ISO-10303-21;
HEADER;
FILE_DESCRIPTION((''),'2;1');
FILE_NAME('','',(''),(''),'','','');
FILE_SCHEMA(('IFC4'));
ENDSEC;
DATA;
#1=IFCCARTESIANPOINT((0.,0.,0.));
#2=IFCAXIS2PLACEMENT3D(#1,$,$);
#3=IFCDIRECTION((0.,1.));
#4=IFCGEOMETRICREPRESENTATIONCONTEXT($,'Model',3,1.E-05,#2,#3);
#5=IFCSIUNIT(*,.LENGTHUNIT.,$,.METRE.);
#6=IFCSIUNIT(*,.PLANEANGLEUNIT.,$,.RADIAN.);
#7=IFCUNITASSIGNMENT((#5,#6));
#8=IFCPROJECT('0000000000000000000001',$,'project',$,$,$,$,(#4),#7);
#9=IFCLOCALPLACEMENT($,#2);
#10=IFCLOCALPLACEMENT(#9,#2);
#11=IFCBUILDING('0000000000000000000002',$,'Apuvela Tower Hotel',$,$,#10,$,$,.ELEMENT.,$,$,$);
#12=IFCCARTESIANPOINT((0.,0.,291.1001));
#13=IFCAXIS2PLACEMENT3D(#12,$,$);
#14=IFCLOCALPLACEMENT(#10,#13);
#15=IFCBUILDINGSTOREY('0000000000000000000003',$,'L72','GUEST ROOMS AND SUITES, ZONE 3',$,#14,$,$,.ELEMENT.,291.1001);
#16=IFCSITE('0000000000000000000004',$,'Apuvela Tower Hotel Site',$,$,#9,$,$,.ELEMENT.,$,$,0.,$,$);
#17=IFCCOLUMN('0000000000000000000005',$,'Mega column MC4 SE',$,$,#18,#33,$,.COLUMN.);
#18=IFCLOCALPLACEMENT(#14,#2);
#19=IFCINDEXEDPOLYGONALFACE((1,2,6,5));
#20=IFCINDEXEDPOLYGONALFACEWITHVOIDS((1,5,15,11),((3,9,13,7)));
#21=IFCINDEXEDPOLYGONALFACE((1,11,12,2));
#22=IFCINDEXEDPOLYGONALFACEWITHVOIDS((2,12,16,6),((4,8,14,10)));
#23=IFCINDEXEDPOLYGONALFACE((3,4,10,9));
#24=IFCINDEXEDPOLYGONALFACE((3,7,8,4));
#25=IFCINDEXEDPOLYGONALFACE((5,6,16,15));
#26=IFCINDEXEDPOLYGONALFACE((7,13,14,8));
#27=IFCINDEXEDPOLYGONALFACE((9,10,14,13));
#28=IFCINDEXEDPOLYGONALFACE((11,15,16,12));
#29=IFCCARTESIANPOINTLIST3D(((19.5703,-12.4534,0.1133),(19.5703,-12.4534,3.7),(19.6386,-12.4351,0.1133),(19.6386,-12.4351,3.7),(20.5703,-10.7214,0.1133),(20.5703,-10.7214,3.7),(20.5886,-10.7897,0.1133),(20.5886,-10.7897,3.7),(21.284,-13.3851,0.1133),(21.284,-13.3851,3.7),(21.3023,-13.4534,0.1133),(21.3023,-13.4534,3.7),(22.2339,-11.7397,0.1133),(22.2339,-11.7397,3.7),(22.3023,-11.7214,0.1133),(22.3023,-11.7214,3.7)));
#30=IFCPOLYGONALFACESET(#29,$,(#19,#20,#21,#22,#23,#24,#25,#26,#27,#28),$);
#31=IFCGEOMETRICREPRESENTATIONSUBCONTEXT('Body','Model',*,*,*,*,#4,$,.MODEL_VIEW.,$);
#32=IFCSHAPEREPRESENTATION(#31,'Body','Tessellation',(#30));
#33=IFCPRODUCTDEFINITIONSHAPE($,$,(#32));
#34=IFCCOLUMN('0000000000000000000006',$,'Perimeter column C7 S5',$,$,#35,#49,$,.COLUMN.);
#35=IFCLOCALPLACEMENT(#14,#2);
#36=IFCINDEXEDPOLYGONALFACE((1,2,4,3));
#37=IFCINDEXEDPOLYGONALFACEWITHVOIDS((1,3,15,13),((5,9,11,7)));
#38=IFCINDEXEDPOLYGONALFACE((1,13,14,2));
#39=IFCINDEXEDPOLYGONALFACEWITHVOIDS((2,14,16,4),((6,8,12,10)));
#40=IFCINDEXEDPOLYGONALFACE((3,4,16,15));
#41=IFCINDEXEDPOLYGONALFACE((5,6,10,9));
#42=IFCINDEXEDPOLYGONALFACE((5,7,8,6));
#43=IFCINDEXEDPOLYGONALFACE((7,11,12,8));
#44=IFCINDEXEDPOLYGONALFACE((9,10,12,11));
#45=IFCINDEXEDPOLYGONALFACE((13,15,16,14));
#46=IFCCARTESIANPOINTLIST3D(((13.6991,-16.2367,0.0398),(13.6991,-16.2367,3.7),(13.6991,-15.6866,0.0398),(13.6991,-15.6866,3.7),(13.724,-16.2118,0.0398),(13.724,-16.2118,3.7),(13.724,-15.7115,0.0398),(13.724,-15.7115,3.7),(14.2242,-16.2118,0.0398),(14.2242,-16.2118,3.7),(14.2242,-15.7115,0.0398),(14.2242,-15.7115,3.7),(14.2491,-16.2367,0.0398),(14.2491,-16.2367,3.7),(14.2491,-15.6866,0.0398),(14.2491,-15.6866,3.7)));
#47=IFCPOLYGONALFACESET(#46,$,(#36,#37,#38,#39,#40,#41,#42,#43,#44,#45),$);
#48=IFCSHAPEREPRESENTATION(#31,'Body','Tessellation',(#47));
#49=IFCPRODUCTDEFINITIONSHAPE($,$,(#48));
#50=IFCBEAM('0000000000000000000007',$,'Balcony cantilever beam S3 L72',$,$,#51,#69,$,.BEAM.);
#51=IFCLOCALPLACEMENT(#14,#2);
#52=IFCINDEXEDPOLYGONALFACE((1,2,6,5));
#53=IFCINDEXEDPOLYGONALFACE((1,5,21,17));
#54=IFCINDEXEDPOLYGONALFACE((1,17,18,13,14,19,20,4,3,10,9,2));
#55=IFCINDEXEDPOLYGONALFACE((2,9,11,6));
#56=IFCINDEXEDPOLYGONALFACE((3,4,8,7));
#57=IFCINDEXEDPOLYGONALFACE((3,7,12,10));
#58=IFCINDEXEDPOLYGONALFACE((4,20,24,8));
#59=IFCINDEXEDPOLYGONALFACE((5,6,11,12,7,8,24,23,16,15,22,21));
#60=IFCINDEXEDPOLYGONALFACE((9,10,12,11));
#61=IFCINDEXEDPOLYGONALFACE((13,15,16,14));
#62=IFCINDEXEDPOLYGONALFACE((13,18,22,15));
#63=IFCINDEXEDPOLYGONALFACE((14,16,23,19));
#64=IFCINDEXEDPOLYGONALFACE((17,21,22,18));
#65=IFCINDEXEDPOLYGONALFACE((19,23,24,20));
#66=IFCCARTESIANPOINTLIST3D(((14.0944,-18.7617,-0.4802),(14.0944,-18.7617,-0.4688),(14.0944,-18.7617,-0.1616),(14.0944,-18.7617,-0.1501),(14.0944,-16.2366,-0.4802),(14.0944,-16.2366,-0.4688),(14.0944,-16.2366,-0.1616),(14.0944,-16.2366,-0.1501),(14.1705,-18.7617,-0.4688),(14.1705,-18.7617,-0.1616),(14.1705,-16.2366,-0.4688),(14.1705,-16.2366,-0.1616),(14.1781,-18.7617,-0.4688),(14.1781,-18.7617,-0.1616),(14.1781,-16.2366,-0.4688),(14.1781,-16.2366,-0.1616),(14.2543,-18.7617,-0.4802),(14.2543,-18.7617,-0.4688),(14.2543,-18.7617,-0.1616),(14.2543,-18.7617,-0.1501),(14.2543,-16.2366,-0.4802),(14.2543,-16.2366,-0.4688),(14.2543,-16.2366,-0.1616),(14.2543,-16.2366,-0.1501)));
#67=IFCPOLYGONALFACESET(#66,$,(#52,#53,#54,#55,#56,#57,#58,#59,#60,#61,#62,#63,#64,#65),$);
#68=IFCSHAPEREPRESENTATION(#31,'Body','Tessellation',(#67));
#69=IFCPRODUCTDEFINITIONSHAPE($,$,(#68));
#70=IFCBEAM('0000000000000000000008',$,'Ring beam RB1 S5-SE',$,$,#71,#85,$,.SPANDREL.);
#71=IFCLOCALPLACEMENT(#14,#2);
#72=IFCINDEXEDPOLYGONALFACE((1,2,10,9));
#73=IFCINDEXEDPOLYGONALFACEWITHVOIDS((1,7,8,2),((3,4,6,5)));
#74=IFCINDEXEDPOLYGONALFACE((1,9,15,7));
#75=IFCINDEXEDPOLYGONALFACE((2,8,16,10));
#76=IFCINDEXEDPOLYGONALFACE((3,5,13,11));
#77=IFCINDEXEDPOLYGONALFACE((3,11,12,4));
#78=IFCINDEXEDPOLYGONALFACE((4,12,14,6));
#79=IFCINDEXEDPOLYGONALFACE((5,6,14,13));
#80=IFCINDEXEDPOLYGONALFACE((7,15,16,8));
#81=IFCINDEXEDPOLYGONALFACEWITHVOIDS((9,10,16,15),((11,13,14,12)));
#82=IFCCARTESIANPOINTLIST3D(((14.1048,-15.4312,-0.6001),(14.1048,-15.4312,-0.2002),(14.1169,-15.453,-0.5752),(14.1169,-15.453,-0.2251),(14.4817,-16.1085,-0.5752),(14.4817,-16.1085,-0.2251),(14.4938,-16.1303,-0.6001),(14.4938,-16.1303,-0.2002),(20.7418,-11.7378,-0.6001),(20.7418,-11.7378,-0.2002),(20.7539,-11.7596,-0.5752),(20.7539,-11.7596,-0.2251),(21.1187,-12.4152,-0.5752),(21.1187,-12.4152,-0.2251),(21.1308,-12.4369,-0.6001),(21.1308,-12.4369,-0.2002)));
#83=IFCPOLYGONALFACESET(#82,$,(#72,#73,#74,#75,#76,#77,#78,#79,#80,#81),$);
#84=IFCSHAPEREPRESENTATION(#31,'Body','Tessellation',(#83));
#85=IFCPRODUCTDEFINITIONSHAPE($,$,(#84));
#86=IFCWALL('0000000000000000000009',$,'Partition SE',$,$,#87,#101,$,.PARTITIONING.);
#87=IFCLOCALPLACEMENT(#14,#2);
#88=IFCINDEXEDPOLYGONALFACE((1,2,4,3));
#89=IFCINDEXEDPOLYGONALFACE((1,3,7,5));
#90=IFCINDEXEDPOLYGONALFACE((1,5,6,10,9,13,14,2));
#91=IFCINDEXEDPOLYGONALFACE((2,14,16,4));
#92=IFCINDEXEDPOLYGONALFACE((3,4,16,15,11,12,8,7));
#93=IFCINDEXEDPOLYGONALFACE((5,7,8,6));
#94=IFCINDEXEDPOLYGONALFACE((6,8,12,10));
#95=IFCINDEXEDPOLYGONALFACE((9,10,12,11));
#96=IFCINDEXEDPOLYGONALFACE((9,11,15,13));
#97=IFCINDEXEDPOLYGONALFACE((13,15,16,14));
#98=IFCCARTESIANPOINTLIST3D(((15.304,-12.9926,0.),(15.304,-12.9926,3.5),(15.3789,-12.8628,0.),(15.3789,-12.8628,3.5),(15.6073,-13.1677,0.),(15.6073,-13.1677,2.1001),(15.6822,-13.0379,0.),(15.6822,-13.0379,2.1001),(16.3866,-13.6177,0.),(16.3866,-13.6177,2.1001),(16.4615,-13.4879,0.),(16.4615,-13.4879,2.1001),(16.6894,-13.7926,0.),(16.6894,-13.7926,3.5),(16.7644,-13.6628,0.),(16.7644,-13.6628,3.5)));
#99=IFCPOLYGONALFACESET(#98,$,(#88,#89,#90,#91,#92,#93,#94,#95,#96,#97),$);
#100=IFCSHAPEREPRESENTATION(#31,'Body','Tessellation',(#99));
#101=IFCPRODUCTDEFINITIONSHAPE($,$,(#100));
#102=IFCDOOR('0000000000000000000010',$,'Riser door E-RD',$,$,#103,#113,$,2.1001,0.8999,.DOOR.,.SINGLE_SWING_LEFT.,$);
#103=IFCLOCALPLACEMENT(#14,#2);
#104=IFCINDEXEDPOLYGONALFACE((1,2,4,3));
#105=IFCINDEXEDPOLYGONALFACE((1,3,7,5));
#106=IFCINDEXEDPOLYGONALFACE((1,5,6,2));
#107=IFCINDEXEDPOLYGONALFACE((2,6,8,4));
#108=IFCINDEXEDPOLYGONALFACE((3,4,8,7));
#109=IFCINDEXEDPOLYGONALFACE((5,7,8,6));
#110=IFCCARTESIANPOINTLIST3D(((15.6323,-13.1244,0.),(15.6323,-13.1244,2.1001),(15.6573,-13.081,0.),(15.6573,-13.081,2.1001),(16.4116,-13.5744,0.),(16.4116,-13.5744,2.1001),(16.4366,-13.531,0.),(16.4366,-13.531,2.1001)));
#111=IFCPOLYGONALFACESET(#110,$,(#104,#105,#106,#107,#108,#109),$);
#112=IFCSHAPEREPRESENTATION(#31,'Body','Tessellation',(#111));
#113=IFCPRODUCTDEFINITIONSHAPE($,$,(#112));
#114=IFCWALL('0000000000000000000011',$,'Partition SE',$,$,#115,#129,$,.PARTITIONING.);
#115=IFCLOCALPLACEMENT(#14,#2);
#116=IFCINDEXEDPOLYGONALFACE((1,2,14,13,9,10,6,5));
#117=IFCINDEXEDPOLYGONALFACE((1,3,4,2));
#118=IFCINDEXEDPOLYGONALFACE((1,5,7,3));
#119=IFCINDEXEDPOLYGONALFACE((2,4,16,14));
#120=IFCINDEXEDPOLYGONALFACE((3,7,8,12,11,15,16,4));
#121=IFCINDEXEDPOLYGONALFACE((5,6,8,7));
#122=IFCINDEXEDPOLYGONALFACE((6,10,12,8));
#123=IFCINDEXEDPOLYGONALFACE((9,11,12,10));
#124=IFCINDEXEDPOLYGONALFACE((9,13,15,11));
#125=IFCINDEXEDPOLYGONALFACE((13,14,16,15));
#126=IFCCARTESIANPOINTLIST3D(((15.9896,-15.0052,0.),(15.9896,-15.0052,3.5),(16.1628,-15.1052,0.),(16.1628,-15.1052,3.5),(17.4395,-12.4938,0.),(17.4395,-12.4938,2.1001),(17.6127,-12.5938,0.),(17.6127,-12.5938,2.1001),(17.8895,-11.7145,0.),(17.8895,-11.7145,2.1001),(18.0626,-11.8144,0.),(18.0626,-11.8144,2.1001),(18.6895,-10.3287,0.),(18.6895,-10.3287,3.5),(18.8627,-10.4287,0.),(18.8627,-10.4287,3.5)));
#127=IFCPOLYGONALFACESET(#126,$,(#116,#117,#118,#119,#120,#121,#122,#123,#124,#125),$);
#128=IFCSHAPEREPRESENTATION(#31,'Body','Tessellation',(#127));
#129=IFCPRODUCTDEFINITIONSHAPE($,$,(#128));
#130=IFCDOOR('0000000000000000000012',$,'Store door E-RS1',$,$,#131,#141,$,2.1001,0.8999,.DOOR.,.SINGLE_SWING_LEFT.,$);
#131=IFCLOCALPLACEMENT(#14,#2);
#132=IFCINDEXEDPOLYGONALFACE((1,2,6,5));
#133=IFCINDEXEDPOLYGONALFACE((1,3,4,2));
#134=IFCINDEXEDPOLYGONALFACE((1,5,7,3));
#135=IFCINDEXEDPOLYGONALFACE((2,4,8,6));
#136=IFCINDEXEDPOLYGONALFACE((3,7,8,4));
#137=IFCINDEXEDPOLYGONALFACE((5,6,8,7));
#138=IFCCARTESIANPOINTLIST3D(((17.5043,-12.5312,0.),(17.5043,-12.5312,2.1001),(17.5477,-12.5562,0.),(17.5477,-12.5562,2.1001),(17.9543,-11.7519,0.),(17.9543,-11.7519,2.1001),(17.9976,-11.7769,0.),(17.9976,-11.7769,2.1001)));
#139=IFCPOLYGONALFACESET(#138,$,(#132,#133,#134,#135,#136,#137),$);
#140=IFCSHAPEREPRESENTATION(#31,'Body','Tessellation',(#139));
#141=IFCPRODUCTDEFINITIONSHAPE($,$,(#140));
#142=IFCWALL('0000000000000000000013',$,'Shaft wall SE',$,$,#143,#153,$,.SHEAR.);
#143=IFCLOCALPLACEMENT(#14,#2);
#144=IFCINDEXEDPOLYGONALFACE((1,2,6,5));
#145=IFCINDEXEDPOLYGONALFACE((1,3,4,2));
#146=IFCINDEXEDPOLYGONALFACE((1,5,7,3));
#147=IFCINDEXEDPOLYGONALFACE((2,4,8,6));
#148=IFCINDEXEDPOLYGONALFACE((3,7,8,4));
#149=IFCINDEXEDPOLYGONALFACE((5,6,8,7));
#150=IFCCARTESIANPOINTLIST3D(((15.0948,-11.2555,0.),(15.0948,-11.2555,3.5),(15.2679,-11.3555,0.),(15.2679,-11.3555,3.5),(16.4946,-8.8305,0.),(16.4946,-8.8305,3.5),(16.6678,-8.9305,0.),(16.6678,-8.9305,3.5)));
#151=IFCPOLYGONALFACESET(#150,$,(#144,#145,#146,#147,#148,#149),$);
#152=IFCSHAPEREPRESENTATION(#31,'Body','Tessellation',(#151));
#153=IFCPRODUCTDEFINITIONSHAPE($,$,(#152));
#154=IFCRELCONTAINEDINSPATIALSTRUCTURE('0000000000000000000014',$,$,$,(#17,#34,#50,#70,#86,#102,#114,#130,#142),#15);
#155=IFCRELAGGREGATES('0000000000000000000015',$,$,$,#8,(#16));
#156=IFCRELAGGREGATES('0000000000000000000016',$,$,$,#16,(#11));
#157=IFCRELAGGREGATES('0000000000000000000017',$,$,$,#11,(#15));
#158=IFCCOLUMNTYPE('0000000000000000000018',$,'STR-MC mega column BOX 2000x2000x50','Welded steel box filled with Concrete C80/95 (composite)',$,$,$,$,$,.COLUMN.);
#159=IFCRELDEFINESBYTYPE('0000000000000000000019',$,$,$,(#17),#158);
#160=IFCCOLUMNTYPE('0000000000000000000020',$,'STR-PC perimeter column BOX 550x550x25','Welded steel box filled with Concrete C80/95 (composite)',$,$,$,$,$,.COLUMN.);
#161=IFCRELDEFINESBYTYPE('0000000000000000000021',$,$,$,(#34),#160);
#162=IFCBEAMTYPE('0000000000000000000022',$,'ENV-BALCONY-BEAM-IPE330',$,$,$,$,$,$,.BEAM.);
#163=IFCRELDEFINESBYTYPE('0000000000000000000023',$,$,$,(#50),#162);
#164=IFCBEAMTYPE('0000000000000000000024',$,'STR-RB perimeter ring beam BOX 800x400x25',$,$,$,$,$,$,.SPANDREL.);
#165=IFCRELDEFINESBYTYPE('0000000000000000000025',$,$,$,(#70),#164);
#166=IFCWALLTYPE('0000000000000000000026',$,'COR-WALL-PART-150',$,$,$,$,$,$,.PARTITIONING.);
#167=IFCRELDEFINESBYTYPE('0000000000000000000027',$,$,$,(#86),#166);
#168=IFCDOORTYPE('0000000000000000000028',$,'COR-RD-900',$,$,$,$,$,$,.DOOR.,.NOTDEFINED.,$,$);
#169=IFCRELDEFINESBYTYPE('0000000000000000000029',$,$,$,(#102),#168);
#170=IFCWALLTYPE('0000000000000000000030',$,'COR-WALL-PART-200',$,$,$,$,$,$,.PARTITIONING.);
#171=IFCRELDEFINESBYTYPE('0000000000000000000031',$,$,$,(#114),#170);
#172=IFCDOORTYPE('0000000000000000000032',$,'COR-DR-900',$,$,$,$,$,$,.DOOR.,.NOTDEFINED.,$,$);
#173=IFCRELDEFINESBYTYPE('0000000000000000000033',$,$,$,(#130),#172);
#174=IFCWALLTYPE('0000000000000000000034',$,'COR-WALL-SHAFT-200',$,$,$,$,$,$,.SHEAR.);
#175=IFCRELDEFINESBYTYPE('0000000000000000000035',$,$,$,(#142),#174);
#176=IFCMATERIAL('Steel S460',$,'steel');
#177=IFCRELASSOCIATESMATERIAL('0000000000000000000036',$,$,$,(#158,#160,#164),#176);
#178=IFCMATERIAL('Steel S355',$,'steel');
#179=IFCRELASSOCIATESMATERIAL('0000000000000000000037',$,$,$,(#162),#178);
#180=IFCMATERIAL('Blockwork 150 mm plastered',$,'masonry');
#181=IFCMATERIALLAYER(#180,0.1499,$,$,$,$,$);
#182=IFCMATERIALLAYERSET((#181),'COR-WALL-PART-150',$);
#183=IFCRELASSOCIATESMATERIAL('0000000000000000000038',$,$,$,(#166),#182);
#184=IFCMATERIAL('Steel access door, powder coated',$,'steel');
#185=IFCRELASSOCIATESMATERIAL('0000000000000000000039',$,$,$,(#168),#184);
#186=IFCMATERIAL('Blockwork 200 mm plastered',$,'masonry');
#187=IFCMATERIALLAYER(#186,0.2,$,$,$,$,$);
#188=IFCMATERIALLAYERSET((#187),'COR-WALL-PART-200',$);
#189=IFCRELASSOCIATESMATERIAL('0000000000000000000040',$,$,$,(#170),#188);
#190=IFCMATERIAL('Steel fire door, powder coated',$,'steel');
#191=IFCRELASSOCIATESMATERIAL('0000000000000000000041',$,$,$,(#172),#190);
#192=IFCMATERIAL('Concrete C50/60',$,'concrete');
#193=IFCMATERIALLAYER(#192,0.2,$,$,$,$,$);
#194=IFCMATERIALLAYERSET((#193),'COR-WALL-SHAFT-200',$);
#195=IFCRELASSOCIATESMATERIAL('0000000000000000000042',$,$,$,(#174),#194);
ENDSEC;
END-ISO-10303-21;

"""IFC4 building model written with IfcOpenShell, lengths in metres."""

from ifc_helpers import new_model, si_unit, direction, frame, frame_2d, origin, origin_2d, place, context, subcontext, project, spatial, rectangle, hollow_rectangle, i_section, extrude, boolean, halfspace, material, layer, layer_set, material_profile, profile_set, type_object, element, fill, save


model = new_model("IFC4")

# Units and contexts
model_context = context("Model", 3, precision=1e-05, world=origin(), true_north=direction((0.0, 1.0)))
body_context = subcontext(model_context, "Body", "Model", "MODEL_VIEW")
ifc_project = project(units=[si_unit("LENGTHUNIT", "METRE"), si_unit("PLANEANGLEUNIT", "RADIAN")], contexts=[model_context])

# Site, building, storey
site_placement = place(None, origin())
site = spatial("IfcSite", under=ifc_project, at=site_placement, Name="Apuvela Tower Hotel Site", CompositionType="ELEMENT", RefElevation=0.0)
building_placement = place(site_placement, origin())
building = spatial("IfcBuilding", under=site, at=building_placement, Name="Apuvela Tower Hotel", CompositionType="ELEMENT")
storey_placement = place(building_placement, frame((0.0, 0.0, 291.1001)))
storey = spatial("IfcBuildingStorey", under=building, at=storey_placement, Name="L72", Description="GUEST ROOMS AND SUITES, ZONE 3", CompositionType="ELEMENT", Elevation=291.1001)

# Columns
ifc_material_1 = material(Name="Steel S460", Category="steel")
ifc_material_profile_1 = material_profile(ifc_material_1, hollow_rectangle(XDim=2.0, YDim=2.0, WallThickness=0.05, at=origin_2d()), Name="BOX 2000x2000x50")
ifc_material_2 = material(Name="Concrete C80/95", Category="concrete")
ifc_material_profile_2 = material_profile(ifc_material_2, rectangle(XDim=1.8999, YDim=1.8999, at=origin_2d()), Name="Concrete C80/95 infill")
ifc_profile_set_1 = profile_set([ifc_material_profile_1, ifc_material_profile_2], Name="Steel S460")
column_type_1 = type_object("IfcColumnType", Name="STR-MC mega column BOX 2000x2000x50", Description="Welded steel box filled with Concrete C80/95 (composite)", PredefinedType="COLUMN", material=ifc_profile_set_1)
column_1_placement = place(storey_placement, frame((20.9363, -12.0874, 0.0), z_axis=(0.0, 0.0, 1.0), x_axis=(0.5, 0.866025, 0.0)))
element("IfcColumn", 1, at=column_1_placement, inside=storey, type_object=column_type_1, Name="Mega column MC4 SE", PredefinedType="COLUMN", context=body_context, shape_type="SweptSolid", body=[
    boolean("DIFFERENCE", extrude(hollow_rectangle(XDim=2.0, YDim=2.0, WallThickness=0.05, at=origin_2d()), origin(), (0.0, 0.0, 1.0), 3.7), halfspace(frame((0.0, 0.0, 0.1133), z_axis=(0.0, 0.0, 1.0), x_axis=(1.0, 0.0, 0.0)), True)),
])
ifc_material_profile_3 = material_profile(ifc_material_1, hollow_rectangle(XDim=0.55, YDim=0.55, WallThickness=0.0249, at=origin_2d()), Name="BOX 550x550x25")
ifc_material_profile_4 = material_profile(ifc_material_2, rectangle(XDim=0.5, YDim=0.5, at=origin_2d()), Name="Concrete C80/95 infill")
ifc_profile_set_2 = profile_set([ifc_material_profile_3, ifc_material_profile_4], Name="Steel S460")
column_type_2 = type_object("IfcColumnType", Name="STR-PC perimeter column BOX 550x550x25", Description="Welded steel box filled with Concrete C80/95 (composite)", PredefinedType="COLUMN", material=ifc_profile_set_2)
column_2_placement = place(storey_placement, frame((13.9741, -15.9617, 0.0), z_axis=(0.0, 0.0, 1.0), x_axis=(-1.0, 0.0, 0.0)))
element("IfcColumn", 2, at=column_2_placement, inside=storey, type_object=column_type_2, Name="Perimeter column C7 S5", PredefinedType="COLUMN", context=body_context, shape_type="SweptSolid", body=[
    boolean("DIFFERENCE", extrude(hollow_rectangle(XDim=0.55, YDim=0.55, WallThickness=0.0249, at=origin_2d()), origin(), (0.0, 0.0, 1.0), 3.7), halfspace(frame((0.0, 0.0, 0.0398), z_axis=(0.0, 0.0, 1.0), x_axis=(1.0, 0.0, 0.0)), True)),
])

# Beams
ifc_material_3 = material(Name="Steel S355", Category="steel")
ifc_material_profile_5 = material_profile(ifc_material_3, i_section(OverallWidth=0.1599, OverallDepth=0.3301, WebThickness=0.0076, FlangeThickness=0.0115, at=origin_2d()), Name="IPE 330")
ifc_profile_set_3 = profile_set([ifc_material_profile_5], Name="Steel S355")
beam_type_1 = type_object("IfcBeamType", Name="ENV-BALCONY-BEAM-IPE330", PredefinedType="BEAM", material=ifc_profile_set_3)
beam_1_placement = place(storey_placement, frame((14.1743, -16.2366, -0.3152), z_axis=(0.0, -1.0, 0.0), x_axis=(1.0, 0.0, 0.0)))
element("IfcBeam", 3, at=beam_1_placement, inside=storey, type_object=beam_type_1, Name="Balcony cantilever beam S3 L72", PredefinedType="BEAM", context=body_context, shape_type="SweptSolid", body=[
    extrude(i_section(OverallWidth=0.1599, OverallDepth=0.3301, WebThickness=0.0076, FlangeThickness=0.0115, at=origin_2d()), origin(), (0.0, 0.0, 1.0), 2.5251),
])
ifc_material_profile_6 = material_profile(ifc_material_1, hollow_rectangle(XDim=0.8, YDim=0.3999, WallThickness=0.0249, at=origin_2d()), Name="BOX 800x400x25")
ifc_profile_set_4 = profile_set([ifc_material_profile_6], Name="Steel S460")
beam_type_2 = type_object("IfcBeamType", Name="STR-RB perimeter ring beam BOX 800x400x25", PredefinedType="SPANDREL", material=ifc_profile_set_4)
beam_2_placement = place(storey_placement, frame((14.2993, -15.7808, -0.4001), z_axis=(0.873813, 0.486262, 0.0), x_axis=(-0.486262, 0.873813, 0.0)))
element("IfcBeam", 4, at=beam_2_placement, inside=storey, type_object=beam_type_2, Name="Ring beam RB1 S5-SE", PredefinedType="SPANDREL", context=body_context, shape_type="SweptSolid", body=[
    extrude(hollow_rectangle(XDim=0.8, YDim=0.3999, WallThickness=0.0249, at=origin_2d()), origin(), (0.0, 0.0, 1.0), 7.5955),
])

# Walls, openings, doors
ifc_material_4 = material(Name="Blockwork 150 mm plastered", Category="masonry")
ifc_layer_1 = layer(ifc_material_4, 0.1499)
ifc_layer_set_1 = layer_set([ifc_layer_1], Name="COR-WALL-PART-150")
wall_type_1 = type_object("IfcWallType", Name="COR-WALL-PART-150", PredefinedType="PARTITIONING", material=ifc_layer_set_1)
wall_1_placement = place(storey_placement, frame((15.3416, -12.9277, 0.0), z_axis=(0.0, 0.0, 1.0), x_axis=(0.86599, -0.500061, 0.0)))
wall_1 = element("IfcWall", 5, at=wall_1_placement, inside=storey, type_object=wall_type_1, Name="Partition SE", PredefinedType="PARTITIONING", context=body_context, shape_type="SweptSolid", body=[
    extrude(rectangle(XDim=1.5999, YDim=0.1499, at=frame_2d((0.7998, 0.0))), origin(), (0.0, 0.0, 1.0), 3.5),
])
opening_1_placement = place(wall_1_placement, frame((0.3501, 0.0, 0.0)))
opening_1 = element("IfcOpeningElement", 6, at=opening_1_placement, cuts=wall_1, PredefinedType="OPENING", context=body_context, shape_type="SweptSolid", body=[
    extrude(rectangle(XDim=0.8999, YDim=2.1001, at=frame_2d((0.45, 1.05))), frame((0.0, 0.085, 0.0), z_axis=(0.0, -1.0, 0.0), x_axis=(1.0, 0.0, 0.0)), (0.0, 0.0, 1.0), 0.1699),
])
ifc_material_5 = material(Name="Steel access door, powder coated", Category="steel")
door_type_1 = type_object("IfcDoorType", Name="COR-RD-900", OperationType="NOTDEFINED", PredefinedType="DOOR", material=ifc_material_5)
door_1_placement = place(opening_1_placement, frame((0.8999, 0.0, 0.0), z_axis=(0.0, 0.0, 1.0), x_axis=(-1.0, 0.0, 0.0)))
door_1 = element("IfcDoor", 7, at=door_1_placement, inside=storey, type_object=door_type_1, Name="Riser door E-RD", OperationType="SINGLE_SWING_LEFT", OverallHeight=2.1001, OverallWidth=0.8999, PredefinedType="DOOR", context=body_context, shape_type="SweptSolid", body=[
    extrude(rectangle(XDim=0.8999, YDim=2.1001, at=frame_2d((0.45, 1.05))), frame((0.0, 0.0249, 0.0), z_axis=(0.0, -1.0, 0.0), x_axis=(1.0, 0.0, 0.0)), (0.0, 0.0, 1.0), 0.05),
])
fill(opening_1, door_1)
ifc_material_6 = material(Name="Blockwork 200 mm plastered", Category="masonry")
ifc_layer_2 = layer(ifc_material_6, 0.2)
ifc_layer_set_2 = layer_set([ifc_layer_2], Name="COR-WALL-PART-200")
wall_type_2 = type_object("IfcWallType", Name="COR-WALL-PART-200", PredefinedType="PARTITIONING", material=ifc_layer_set_2)
wall_2_placement = place(storey_placement, frame((16.0762, -15.0552, 0.0), z_axis=(0.0, 0.0, 1.0), x_axis=(0.499995, 0.866028, 0.0)))
wall_2 = element("IfcWall", 8, at=wall_2_placement, inside=storey, type_object=wall_type_2, Name="Partition SE", PredefinedType="PARTITIONING", context=body_context, shape_type="SweptSolid", body=[
    extrude(rectangle(XDim=5.3999, YDim=0.2, at=frame_2d((2.7, 0.0))), origin(), (0.0, 0.0, 1.0), 3.5),
])
opening_2_placement = place(wall_2_placement, frame((2.8999, 0.0, 0.0)))
opening_2 = element("IfcOpeningElement", 9, at=opening_2_placement, cuts=wall_2, PredefinedType="OPENING", context=body_context, shape_type="SweptSolid", body=[
    extrude(rectangle(XDim=0.8999, YDim=2.1001, at=frame_2d((0.45, 1.05))), frame((0.0, 0.1099, 0.0), z_axis=(0.0, -1.0, 0.0), x_axis=(1.0, 0.0, 0.0)), (0.0, 0.0, 1.0), 0.22),
])
ifc_material_7 = material(Name="Steel fire door, powder coated", Category="steel")
door_type_2 = type_object("IfcDoorType", Name="COR-DR-900", OperationType="NOTDEFINED", PredefinedType="DOOR", material=ifc_material_7)
door_2_placement = place(opening_2_placement, frame((0.8999, 0.0, 0.0), z_axis=(0.0, 0.0, 1.0), x_axis=(-1.0, 0.0, 0.0)))
door_2 = element("IfcDoor", 10, at=door_2_placement, inside=storey, type_object=door_type_2, Name="Store door E-RS1", OperationType="SINGLE_SWING_LEFT", OverallHeight=2.1001, OverallWidth=0.8999, PredefinedType="DOOR", context=body_context, shape_type="SweptSolid", body=[
    extrude(rectangle(XDim=0.8999, YDim=2.1001, at=frame_2d((0.45, 1.05))), frame((0.0, 0.0249, 0.0), z_axis=(0.0, -1.0, 0.0), x_axis=(1.0, 0.0, 0.0)), (0.0, 0.0, 1.0), 0.05),
])
fill(opening_2, door_2)

# Wall
ifc_material_8 = material(Name="Concrete C50/60", Category="concrete")
ifc_layer_3 = layer(ifc_material_8, 0.2)
ifc_layer_set_3 = layer_set([ifc_layer_3], Name="COR-WALL-SHAFT-200")
wall_type_3 = type_object("IfcWallType", Name="COR-WALL-SHAFT-200", PredefinedType="SHEAR", material=ifc_layer_set_3)
wall_3_placement = place(storey_placement, frame((15.1814, -11.3054, 0.0), z_axis=(0.0, 0.0, 1.0), x_axis=(0.499946, 0.866056, 0.0)))
element("IfcWall", 11, at=wall_3_placement, inside=storey, type_object=wall_type_3, Name="Shaft wall SE", PredefinedType="SHEAR", context=body_context, shape_type="SweptSolid", body=[
    extrude(rectangle(XDim=2.8, YDim=0.2, at=frame_2d((1.3999, 0.0))), origin(), (0.0, 0.0, 1.0), 3.5),
])

save(model, "model.ifc")
